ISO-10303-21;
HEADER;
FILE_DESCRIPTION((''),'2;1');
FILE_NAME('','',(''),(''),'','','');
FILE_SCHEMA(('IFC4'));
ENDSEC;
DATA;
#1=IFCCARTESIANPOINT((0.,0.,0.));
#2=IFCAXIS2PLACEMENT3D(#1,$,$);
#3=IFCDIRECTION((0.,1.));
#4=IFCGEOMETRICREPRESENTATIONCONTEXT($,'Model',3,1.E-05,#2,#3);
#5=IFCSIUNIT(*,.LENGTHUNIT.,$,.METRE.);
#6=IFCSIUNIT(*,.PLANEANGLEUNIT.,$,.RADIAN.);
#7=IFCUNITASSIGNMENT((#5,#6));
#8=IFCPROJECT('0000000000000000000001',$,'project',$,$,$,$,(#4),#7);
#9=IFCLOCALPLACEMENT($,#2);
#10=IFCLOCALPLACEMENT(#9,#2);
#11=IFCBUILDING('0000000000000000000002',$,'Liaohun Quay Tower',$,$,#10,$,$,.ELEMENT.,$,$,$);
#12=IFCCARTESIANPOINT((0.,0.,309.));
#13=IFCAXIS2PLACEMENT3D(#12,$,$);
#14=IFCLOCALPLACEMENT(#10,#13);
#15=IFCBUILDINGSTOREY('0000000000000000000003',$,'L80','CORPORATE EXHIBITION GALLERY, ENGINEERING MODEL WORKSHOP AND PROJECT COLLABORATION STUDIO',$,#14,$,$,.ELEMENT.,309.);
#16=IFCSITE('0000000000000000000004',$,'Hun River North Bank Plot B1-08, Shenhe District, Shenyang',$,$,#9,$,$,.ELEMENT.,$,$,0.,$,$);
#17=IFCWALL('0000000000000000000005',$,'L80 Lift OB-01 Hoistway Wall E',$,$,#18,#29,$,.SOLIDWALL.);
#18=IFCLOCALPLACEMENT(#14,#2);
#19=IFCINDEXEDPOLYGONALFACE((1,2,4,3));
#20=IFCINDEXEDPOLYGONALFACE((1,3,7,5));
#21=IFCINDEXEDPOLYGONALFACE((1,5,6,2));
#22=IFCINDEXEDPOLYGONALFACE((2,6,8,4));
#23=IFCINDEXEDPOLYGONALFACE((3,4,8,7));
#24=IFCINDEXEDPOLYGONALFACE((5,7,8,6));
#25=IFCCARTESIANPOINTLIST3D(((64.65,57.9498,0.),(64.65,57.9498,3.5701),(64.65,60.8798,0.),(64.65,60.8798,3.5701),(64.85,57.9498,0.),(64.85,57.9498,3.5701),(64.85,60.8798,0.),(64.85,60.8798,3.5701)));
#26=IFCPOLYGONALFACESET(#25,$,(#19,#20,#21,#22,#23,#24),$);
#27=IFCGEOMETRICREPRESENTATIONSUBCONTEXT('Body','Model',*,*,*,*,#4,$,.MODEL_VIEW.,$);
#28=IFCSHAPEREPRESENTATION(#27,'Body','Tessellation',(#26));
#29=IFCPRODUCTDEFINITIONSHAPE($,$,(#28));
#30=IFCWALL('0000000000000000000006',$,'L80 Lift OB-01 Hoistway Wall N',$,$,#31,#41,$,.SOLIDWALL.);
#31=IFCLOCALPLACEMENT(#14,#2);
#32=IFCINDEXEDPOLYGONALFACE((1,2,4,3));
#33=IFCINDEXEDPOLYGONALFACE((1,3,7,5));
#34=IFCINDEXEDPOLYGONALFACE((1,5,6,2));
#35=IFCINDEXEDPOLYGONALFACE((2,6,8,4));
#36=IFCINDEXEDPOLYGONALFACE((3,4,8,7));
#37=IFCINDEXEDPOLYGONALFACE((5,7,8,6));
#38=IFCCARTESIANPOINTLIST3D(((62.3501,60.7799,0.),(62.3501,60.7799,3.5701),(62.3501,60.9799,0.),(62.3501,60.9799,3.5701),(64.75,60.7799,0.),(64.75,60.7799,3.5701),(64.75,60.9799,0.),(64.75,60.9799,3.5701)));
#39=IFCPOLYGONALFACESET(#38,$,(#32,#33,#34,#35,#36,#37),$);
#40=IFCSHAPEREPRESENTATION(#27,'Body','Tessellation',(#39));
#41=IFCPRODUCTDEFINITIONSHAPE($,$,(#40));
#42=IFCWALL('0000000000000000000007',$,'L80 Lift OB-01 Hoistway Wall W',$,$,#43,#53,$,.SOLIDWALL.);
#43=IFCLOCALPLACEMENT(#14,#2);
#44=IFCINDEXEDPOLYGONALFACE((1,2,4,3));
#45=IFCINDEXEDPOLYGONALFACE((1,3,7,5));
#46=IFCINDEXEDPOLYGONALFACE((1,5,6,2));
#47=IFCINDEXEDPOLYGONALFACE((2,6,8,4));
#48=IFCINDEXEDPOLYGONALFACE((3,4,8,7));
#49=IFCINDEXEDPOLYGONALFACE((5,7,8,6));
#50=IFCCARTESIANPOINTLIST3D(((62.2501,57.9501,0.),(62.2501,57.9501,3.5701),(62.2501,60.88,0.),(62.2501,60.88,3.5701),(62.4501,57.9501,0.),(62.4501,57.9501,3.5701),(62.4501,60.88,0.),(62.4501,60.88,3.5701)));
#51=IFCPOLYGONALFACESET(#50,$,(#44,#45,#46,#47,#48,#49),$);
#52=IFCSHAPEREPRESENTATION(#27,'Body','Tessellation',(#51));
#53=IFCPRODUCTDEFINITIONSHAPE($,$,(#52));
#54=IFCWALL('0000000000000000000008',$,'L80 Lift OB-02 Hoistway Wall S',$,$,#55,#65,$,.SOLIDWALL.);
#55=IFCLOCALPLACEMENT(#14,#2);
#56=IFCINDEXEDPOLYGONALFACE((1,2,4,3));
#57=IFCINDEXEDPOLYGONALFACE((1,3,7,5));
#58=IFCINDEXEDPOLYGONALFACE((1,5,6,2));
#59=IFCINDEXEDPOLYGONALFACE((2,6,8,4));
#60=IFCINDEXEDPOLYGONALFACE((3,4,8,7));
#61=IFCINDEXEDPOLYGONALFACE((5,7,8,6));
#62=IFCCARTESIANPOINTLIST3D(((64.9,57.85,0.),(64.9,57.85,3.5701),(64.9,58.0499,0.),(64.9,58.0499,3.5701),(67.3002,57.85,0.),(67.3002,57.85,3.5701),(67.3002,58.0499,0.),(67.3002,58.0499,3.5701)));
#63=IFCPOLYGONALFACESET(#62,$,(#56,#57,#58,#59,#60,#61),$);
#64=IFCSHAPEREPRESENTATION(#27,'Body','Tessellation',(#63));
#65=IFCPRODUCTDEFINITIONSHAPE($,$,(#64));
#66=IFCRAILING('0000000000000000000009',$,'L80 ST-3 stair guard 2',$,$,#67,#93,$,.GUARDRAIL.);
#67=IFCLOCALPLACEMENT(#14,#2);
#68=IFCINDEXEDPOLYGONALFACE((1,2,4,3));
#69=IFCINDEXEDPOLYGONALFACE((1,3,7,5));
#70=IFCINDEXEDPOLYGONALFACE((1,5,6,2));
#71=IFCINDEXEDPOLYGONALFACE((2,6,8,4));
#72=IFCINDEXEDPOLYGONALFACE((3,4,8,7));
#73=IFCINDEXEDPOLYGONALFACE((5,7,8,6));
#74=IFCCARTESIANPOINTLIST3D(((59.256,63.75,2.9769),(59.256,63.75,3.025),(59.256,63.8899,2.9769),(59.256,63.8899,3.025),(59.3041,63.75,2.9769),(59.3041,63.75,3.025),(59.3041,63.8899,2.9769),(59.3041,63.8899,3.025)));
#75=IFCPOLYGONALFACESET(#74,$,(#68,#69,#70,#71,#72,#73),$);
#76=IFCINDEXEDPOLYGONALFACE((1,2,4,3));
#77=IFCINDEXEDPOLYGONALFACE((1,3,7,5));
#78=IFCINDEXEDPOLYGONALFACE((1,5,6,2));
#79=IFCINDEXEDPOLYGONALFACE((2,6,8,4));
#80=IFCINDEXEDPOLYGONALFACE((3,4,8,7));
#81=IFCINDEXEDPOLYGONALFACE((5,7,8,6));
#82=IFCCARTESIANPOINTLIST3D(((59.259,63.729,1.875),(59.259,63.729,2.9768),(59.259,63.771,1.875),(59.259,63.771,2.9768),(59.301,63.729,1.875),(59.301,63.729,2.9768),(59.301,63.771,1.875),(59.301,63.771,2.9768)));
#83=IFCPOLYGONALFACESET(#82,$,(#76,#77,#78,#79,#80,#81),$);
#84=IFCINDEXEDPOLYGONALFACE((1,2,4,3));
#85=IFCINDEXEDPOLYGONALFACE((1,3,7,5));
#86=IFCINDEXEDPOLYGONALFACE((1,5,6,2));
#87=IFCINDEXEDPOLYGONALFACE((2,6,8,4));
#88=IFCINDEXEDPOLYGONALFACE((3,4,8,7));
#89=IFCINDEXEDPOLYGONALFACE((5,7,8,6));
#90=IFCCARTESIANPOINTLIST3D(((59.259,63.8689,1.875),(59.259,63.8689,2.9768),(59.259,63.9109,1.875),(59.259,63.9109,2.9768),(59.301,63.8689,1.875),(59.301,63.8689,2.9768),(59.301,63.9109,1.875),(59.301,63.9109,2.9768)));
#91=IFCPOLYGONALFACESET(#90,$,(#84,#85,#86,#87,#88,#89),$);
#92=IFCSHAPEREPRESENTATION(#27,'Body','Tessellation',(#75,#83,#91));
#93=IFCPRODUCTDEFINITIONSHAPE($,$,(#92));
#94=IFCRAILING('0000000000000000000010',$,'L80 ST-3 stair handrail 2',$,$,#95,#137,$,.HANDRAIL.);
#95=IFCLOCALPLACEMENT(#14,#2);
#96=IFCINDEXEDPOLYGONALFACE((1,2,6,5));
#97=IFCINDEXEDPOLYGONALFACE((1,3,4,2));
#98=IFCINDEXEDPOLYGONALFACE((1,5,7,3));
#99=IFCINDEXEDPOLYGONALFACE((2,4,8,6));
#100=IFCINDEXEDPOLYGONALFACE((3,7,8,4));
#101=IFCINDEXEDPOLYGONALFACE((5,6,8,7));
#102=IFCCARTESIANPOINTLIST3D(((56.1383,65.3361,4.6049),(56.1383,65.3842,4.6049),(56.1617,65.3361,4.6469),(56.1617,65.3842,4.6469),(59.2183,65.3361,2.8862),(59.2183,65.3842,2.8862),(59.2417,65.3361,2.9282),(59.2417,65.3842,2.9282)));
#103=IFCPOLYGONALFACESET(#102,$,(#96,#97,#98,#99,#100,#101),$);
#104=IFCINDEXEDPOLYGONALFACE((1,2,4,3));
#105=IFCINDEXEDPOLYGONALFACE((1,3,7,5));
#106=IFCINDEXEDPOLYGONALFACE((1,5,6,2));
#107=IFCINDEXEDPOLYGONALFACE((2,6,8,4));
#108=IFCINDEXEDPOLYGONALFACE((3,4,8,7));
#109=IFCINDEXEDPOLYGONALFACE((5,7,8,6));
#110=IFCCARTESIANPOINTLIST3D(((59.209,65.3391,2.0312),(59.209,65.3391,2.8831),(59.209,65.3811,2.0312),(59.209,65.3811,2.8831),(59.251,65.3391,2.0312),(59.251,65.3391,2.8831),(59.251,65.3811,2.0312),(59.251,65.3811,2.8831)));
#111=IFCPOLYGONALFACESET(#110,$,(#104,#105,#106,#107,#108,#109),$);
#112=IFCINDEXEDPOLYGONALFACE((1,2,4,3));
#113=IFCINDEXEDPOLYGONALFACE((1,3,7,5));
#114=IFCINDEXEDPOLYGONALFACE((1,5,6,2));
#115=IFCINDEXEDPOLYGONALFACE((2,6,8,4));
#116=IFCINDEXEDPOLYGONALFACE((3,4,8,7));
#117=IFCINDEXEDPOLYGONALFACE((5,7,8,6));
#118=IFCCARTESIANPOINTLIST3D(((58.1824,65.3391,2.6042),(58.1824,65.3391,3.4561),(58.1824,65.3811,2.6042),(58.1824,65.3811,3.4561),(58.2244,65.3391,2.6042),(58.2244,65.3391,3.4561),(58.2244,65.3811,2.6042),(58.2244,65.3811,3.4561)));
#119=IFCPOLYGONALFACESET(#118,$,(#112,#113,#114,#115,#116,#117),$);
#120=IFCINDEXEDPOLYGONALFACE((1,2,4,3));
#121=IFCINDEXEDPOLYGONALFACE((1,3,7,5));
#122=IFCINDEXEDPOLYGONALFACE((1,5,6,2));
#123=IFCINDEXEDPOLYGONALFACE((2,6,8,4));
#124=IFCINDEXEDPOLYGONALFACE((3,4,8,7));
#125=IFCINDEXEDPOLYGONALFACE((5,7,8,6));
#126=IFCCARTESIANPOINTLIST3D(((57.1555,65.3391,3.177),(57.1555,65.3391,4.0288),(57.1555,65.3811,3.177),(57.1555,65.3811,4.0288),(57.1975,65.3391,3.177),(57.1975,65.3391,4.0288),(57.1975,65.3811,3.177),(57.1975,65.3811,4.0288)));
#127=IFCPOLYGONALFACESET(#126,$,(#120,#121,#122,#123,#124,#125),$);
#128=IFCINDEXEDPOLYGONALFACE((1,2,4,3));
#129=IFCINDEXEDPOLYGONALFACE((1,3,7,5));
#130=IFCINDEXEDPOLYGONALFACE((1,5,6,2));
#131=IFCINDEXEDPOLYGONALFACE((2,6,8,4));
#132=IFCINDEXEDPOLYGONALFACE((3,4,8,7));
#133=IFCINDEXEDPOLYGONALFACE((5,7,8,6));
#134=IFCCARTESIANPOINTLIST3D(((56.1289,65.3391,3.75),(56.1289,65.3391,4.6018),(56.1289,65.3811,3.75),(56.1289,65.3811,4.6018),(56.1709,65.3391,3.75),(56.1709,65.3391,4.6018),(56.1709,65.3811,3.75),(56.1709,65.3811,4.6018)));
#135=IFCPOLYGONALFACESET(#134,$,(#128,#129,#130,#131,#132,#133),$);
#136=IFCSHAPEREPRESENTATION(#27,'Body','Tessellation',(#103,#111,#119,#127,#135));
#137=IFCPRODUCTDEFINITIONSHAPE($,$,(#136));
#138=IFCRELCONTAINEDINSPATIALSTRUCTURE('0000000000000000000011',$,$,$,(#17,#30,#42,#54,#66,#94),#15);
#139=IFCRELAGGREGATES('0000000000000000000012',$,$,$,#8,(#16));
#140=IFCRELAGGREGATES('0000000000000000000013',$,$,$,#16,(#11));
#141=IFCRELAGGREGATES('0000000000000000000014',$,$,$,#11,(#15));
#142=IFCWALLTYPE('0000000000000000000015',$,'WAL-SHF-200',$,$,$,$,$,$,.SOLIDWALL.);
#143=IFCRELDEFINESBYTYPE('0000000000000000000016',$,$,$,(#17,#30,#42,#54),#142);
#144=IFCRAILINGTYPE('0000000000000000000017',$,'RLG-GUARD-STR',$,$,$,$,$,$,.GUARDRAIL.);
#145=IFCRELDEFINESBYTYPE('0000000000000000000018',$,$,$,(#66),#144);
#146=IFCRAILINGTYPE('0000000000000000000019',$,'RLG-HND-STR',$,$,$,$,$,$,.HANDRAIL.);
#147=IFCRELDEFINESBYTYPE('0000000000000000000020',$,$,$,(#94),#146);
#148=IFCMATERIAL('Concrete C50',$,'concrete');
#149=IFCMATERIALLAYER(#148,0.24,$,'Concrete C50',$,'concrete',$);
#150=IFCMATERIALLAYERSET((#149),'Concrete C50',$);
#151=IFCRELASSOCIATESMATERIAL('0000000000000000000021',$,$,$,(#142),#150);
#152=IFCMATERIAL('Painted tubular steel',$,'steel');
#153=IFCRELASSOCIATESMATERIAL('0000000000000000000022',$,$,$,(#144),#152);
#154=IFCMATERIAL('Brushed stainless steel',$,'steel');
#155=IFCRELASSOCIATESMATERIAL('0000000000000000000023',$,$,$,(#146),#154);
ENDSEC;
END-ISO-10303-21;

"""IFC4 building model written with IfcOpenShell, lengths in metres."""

from ifc_helpers import new_model, si_unit, direction, frame, frame_2d, origin, origin_2d, place, context, subcontext, project, spatial, rectangle, extrude, material, layer, layer_set, type_object, element, save


model = new_model("IFC4")

# Units and contexts
model_context = context("Model", 3, precision=1e-05, world=origin(), true_north=direction((0.0, 1.0)))
body_context = subcontext(model_context, "Body", "Model", "MODEL_VIEW")
ifc_project = project(units=[si_unit("LENGTHUNIT", "METRE"), si_unit("PLANEANGLEUNIT", "RADIAN")], contexts=[model_context])

# Site, building, storey
site_placement = place(None, origin())
site = spatial("IfcSite", under=ifc_project, at=site_placement, Name="Hun River North Bank Plot B1-08, Shenhe District, Shenyang", CompositionType="ELEMENT", RefElevation=0.0)
building_placement = place(site_placement, origin())
building = spatial("IfcBuilding", under=site, at=building_placement, Name="Liaohun Quay Tower", CompositionType="ELEMENT")
storey_placement = place(building_placement, frame((0.0, 0.0, 309.0)))
storey = spatial("IfcBuildingStorey", under=building, at=storey_placement, Name="L80", Description="CORPORATE EXHIBITION GALLERY, ENGINEERING MODEL WORKSHOP AND PROJECT COLLABORATION STUDIO", CompositionType="ELEMENT", Elevation=309.0)

# Shared definitions
ifc_material_1 = material(Name="Concrete C50", Category="concrete")

# Shared definitions
ifc_layer_1 = layer(ifc_material_1, 0.24, Name="Concrete C50", Category="concrete")
ifc_layer_set_1 = layer_set([ifc_layer_1], Name="Concrete C50")
wall_type_1 = type_object("IfcWallType", Name="WAL-SHF-200", PredefinedType="SOLIDWALL", material=ifc_layer_set_1)

# Walls
wall_1_placement = place(storey_placement, frame((64.75, 57.95, 0.0), z_axis=(0.0, 0.0, 1.0), x_axis=(0.0, 1.0, 0.0)))
element("IfcWall", 1, at=wall_1_placement, inside=storey, type_object=wall_type_1, Name="L80 Lift OB-01 Hoistway Wall E", PredefinedType="SOLIDWALL", context=body_context, shape_type="SweptSolid", body=[
    extrude(rectangle(XDim=2.9299, YDim=0.2, at=frame_2d((1.4648, 0.0))), origin(), (0.0, 0.0, 1.0), 3.5701),
])
wall_2_placement = place(storey_placement, frame((64.75, 60.8799, 0.0), z_axis=(0.0, 0.0, 1.0), x_axis=(-1.0, 0.0, 0.0)))
element("IfcWall", 2, at=wall_2_placement, inside=storey, type_object=wall_type_1, Name="L80 Lift OB-01 Hoistway Wall N", PredefinedType="SOLIDWALL", context=body_context, shape_type="SweptSolid", body=[
    extrude(rectangle(XDim=2.3999, YDim=0.2, at=frame_2d((1.2, 0.0))), origin(), (0.0, 0.0, 1.0), 3.5701),
])
wall_3_placement = place(storey_placement, frame((62.3501, 60.8799, 0.0), z_axis=(0.0, 0.0, 1.0), x_axis=(0.0, -1.0, 0.0)))
element("IfcWall", 3, at=wall_3_placement, inside=storey, type_object=wall_type_1, Name="L80 Lift OB-01 Hoistway Wall W", PredefinedType="SOLIDWALL", context=body_context, shape_type="SweptSolid", body=[
    extrude(rectangle(XDim=2.9299, YDim=0.2, at=frame_2d((1.4648, 0.0))), origin(), (0.0, 0.0, 1.0), 3.5701),
])
wall_4_placement = place(storey_placement, frame((64.8999, 57.95, 0.0), z_axis=(0.0, 0.0, 1.0), x_axis=(1.0, 0.0, 0.0)))
element("IfcWall", 4, at=wall_4_placement, inside=storey, type_object=wall_type_1, Name="L80 Lift OB-02 Hoistway Wall S", PredefinedType="SOLIDWALL", context=body_context, shape_type="SweptSolid", body=[
    extrude(rectangle(XDim=2.4001, YDim=0.2, at=frame_2d((1.2002, 0.0))), origin(), (0.0, 0.0, 1.0), 3.5701),
])

# Railings
ifc_material_2 = material(Name="Painted tubular steel", Category="steel")
railing_type_1 = type_object("IfcRailingType", Name="RLG-GUARD-STR", PredefinedType="GUARDRAIL", material=ifc_material_2)
railing_1_placement = place(storey_placement, frame((59.28, 63.75, 1.875)))
element("IfcRailing", 5, at=railing_1_placement, inside=storey, type_object=railing_type_1, Name="L80 ST-3 stair guard 2", PredefinedType="GUARDRAIL", context=body_context, shape_type="SweptSolid", body=[
    extrude(rectangle(XDim=0.0481, YDim=0.0481, at=origin_2d()), frame((0.0, 0.0, 1.126), z_axis=(0.0, 1.0, 0.0), x_axis=(-1.0, 0.0, 0.0)), (0.0, 0.0, 1.0), 0.1399),
    extrude(rectangle(XDim=0.042, YDim=0.042, at=origin_2d()), origin(), (0.0, 0.0, 1.0), 1.1018),
    extrude(rectangle(XDim=0.042, YDim=0.042, at=origin_2d()), frame((0.0, 0.1399, 0.0)), (0.0, 0.0, 1.0), 1.1018),
])
ifc_material_3 = material(Name="Brushed stainless steel", Category="steel")
railing_type_2 = type_object("IfcRailingType", Name="RLG-HND-STR", PredefinedType="HANDRAIL", material=ifc_material_3)
railing_2_placement = place(storey_placement, frame((59.23, 65.3601, 2.0312)))
element("IfcRailing", 6, at=railing_2_placement, inside=storey, type_object=railing_type_2, Name="L80 ST-3 stair handrail 2", PredefinedType="HANDRAIL", context=body_context, shape_type="SweptSolid", body=[
    extrude(rectangle(XDim=0.0481, YDim=0.0481, at=origin_2d()), frame((0.0, 0.0, 0.876), z_axis=(-0.873242, 0.0, 0.487288), x_axis=(0.0, -1.0, 0.0)), (0.0, 0.0, 1.0), 3.5271),
    extrude(rectangle(XDim=0.042, YDim=0.042, at=origin_2d()), origin(), (0.0, 0.0, 1.0), 0.8518),
    extrude(rectangle(XDim=0.042, YDim=0.042, at=origin_2d()), frame((-1.0266, 0.0, 0.573)), (0.0, 0.0, 1.0), 0.8518),
    extrude(rectangle(XDim=0.042, YDim=0.042, at=origin_2d()), frame((-2.0535, 0.0, 1.1458)), (0.0, 0.0, 1.0), 0.8518),
    extrude(rectangle(XDim=0.042, YDim=0.042, at=origin_2d()), frame((-3.0801, 0.0, 1.7188)), (0.0, 0.0, 1.0), 0.8518),
])

save(model, "model.ifc")
